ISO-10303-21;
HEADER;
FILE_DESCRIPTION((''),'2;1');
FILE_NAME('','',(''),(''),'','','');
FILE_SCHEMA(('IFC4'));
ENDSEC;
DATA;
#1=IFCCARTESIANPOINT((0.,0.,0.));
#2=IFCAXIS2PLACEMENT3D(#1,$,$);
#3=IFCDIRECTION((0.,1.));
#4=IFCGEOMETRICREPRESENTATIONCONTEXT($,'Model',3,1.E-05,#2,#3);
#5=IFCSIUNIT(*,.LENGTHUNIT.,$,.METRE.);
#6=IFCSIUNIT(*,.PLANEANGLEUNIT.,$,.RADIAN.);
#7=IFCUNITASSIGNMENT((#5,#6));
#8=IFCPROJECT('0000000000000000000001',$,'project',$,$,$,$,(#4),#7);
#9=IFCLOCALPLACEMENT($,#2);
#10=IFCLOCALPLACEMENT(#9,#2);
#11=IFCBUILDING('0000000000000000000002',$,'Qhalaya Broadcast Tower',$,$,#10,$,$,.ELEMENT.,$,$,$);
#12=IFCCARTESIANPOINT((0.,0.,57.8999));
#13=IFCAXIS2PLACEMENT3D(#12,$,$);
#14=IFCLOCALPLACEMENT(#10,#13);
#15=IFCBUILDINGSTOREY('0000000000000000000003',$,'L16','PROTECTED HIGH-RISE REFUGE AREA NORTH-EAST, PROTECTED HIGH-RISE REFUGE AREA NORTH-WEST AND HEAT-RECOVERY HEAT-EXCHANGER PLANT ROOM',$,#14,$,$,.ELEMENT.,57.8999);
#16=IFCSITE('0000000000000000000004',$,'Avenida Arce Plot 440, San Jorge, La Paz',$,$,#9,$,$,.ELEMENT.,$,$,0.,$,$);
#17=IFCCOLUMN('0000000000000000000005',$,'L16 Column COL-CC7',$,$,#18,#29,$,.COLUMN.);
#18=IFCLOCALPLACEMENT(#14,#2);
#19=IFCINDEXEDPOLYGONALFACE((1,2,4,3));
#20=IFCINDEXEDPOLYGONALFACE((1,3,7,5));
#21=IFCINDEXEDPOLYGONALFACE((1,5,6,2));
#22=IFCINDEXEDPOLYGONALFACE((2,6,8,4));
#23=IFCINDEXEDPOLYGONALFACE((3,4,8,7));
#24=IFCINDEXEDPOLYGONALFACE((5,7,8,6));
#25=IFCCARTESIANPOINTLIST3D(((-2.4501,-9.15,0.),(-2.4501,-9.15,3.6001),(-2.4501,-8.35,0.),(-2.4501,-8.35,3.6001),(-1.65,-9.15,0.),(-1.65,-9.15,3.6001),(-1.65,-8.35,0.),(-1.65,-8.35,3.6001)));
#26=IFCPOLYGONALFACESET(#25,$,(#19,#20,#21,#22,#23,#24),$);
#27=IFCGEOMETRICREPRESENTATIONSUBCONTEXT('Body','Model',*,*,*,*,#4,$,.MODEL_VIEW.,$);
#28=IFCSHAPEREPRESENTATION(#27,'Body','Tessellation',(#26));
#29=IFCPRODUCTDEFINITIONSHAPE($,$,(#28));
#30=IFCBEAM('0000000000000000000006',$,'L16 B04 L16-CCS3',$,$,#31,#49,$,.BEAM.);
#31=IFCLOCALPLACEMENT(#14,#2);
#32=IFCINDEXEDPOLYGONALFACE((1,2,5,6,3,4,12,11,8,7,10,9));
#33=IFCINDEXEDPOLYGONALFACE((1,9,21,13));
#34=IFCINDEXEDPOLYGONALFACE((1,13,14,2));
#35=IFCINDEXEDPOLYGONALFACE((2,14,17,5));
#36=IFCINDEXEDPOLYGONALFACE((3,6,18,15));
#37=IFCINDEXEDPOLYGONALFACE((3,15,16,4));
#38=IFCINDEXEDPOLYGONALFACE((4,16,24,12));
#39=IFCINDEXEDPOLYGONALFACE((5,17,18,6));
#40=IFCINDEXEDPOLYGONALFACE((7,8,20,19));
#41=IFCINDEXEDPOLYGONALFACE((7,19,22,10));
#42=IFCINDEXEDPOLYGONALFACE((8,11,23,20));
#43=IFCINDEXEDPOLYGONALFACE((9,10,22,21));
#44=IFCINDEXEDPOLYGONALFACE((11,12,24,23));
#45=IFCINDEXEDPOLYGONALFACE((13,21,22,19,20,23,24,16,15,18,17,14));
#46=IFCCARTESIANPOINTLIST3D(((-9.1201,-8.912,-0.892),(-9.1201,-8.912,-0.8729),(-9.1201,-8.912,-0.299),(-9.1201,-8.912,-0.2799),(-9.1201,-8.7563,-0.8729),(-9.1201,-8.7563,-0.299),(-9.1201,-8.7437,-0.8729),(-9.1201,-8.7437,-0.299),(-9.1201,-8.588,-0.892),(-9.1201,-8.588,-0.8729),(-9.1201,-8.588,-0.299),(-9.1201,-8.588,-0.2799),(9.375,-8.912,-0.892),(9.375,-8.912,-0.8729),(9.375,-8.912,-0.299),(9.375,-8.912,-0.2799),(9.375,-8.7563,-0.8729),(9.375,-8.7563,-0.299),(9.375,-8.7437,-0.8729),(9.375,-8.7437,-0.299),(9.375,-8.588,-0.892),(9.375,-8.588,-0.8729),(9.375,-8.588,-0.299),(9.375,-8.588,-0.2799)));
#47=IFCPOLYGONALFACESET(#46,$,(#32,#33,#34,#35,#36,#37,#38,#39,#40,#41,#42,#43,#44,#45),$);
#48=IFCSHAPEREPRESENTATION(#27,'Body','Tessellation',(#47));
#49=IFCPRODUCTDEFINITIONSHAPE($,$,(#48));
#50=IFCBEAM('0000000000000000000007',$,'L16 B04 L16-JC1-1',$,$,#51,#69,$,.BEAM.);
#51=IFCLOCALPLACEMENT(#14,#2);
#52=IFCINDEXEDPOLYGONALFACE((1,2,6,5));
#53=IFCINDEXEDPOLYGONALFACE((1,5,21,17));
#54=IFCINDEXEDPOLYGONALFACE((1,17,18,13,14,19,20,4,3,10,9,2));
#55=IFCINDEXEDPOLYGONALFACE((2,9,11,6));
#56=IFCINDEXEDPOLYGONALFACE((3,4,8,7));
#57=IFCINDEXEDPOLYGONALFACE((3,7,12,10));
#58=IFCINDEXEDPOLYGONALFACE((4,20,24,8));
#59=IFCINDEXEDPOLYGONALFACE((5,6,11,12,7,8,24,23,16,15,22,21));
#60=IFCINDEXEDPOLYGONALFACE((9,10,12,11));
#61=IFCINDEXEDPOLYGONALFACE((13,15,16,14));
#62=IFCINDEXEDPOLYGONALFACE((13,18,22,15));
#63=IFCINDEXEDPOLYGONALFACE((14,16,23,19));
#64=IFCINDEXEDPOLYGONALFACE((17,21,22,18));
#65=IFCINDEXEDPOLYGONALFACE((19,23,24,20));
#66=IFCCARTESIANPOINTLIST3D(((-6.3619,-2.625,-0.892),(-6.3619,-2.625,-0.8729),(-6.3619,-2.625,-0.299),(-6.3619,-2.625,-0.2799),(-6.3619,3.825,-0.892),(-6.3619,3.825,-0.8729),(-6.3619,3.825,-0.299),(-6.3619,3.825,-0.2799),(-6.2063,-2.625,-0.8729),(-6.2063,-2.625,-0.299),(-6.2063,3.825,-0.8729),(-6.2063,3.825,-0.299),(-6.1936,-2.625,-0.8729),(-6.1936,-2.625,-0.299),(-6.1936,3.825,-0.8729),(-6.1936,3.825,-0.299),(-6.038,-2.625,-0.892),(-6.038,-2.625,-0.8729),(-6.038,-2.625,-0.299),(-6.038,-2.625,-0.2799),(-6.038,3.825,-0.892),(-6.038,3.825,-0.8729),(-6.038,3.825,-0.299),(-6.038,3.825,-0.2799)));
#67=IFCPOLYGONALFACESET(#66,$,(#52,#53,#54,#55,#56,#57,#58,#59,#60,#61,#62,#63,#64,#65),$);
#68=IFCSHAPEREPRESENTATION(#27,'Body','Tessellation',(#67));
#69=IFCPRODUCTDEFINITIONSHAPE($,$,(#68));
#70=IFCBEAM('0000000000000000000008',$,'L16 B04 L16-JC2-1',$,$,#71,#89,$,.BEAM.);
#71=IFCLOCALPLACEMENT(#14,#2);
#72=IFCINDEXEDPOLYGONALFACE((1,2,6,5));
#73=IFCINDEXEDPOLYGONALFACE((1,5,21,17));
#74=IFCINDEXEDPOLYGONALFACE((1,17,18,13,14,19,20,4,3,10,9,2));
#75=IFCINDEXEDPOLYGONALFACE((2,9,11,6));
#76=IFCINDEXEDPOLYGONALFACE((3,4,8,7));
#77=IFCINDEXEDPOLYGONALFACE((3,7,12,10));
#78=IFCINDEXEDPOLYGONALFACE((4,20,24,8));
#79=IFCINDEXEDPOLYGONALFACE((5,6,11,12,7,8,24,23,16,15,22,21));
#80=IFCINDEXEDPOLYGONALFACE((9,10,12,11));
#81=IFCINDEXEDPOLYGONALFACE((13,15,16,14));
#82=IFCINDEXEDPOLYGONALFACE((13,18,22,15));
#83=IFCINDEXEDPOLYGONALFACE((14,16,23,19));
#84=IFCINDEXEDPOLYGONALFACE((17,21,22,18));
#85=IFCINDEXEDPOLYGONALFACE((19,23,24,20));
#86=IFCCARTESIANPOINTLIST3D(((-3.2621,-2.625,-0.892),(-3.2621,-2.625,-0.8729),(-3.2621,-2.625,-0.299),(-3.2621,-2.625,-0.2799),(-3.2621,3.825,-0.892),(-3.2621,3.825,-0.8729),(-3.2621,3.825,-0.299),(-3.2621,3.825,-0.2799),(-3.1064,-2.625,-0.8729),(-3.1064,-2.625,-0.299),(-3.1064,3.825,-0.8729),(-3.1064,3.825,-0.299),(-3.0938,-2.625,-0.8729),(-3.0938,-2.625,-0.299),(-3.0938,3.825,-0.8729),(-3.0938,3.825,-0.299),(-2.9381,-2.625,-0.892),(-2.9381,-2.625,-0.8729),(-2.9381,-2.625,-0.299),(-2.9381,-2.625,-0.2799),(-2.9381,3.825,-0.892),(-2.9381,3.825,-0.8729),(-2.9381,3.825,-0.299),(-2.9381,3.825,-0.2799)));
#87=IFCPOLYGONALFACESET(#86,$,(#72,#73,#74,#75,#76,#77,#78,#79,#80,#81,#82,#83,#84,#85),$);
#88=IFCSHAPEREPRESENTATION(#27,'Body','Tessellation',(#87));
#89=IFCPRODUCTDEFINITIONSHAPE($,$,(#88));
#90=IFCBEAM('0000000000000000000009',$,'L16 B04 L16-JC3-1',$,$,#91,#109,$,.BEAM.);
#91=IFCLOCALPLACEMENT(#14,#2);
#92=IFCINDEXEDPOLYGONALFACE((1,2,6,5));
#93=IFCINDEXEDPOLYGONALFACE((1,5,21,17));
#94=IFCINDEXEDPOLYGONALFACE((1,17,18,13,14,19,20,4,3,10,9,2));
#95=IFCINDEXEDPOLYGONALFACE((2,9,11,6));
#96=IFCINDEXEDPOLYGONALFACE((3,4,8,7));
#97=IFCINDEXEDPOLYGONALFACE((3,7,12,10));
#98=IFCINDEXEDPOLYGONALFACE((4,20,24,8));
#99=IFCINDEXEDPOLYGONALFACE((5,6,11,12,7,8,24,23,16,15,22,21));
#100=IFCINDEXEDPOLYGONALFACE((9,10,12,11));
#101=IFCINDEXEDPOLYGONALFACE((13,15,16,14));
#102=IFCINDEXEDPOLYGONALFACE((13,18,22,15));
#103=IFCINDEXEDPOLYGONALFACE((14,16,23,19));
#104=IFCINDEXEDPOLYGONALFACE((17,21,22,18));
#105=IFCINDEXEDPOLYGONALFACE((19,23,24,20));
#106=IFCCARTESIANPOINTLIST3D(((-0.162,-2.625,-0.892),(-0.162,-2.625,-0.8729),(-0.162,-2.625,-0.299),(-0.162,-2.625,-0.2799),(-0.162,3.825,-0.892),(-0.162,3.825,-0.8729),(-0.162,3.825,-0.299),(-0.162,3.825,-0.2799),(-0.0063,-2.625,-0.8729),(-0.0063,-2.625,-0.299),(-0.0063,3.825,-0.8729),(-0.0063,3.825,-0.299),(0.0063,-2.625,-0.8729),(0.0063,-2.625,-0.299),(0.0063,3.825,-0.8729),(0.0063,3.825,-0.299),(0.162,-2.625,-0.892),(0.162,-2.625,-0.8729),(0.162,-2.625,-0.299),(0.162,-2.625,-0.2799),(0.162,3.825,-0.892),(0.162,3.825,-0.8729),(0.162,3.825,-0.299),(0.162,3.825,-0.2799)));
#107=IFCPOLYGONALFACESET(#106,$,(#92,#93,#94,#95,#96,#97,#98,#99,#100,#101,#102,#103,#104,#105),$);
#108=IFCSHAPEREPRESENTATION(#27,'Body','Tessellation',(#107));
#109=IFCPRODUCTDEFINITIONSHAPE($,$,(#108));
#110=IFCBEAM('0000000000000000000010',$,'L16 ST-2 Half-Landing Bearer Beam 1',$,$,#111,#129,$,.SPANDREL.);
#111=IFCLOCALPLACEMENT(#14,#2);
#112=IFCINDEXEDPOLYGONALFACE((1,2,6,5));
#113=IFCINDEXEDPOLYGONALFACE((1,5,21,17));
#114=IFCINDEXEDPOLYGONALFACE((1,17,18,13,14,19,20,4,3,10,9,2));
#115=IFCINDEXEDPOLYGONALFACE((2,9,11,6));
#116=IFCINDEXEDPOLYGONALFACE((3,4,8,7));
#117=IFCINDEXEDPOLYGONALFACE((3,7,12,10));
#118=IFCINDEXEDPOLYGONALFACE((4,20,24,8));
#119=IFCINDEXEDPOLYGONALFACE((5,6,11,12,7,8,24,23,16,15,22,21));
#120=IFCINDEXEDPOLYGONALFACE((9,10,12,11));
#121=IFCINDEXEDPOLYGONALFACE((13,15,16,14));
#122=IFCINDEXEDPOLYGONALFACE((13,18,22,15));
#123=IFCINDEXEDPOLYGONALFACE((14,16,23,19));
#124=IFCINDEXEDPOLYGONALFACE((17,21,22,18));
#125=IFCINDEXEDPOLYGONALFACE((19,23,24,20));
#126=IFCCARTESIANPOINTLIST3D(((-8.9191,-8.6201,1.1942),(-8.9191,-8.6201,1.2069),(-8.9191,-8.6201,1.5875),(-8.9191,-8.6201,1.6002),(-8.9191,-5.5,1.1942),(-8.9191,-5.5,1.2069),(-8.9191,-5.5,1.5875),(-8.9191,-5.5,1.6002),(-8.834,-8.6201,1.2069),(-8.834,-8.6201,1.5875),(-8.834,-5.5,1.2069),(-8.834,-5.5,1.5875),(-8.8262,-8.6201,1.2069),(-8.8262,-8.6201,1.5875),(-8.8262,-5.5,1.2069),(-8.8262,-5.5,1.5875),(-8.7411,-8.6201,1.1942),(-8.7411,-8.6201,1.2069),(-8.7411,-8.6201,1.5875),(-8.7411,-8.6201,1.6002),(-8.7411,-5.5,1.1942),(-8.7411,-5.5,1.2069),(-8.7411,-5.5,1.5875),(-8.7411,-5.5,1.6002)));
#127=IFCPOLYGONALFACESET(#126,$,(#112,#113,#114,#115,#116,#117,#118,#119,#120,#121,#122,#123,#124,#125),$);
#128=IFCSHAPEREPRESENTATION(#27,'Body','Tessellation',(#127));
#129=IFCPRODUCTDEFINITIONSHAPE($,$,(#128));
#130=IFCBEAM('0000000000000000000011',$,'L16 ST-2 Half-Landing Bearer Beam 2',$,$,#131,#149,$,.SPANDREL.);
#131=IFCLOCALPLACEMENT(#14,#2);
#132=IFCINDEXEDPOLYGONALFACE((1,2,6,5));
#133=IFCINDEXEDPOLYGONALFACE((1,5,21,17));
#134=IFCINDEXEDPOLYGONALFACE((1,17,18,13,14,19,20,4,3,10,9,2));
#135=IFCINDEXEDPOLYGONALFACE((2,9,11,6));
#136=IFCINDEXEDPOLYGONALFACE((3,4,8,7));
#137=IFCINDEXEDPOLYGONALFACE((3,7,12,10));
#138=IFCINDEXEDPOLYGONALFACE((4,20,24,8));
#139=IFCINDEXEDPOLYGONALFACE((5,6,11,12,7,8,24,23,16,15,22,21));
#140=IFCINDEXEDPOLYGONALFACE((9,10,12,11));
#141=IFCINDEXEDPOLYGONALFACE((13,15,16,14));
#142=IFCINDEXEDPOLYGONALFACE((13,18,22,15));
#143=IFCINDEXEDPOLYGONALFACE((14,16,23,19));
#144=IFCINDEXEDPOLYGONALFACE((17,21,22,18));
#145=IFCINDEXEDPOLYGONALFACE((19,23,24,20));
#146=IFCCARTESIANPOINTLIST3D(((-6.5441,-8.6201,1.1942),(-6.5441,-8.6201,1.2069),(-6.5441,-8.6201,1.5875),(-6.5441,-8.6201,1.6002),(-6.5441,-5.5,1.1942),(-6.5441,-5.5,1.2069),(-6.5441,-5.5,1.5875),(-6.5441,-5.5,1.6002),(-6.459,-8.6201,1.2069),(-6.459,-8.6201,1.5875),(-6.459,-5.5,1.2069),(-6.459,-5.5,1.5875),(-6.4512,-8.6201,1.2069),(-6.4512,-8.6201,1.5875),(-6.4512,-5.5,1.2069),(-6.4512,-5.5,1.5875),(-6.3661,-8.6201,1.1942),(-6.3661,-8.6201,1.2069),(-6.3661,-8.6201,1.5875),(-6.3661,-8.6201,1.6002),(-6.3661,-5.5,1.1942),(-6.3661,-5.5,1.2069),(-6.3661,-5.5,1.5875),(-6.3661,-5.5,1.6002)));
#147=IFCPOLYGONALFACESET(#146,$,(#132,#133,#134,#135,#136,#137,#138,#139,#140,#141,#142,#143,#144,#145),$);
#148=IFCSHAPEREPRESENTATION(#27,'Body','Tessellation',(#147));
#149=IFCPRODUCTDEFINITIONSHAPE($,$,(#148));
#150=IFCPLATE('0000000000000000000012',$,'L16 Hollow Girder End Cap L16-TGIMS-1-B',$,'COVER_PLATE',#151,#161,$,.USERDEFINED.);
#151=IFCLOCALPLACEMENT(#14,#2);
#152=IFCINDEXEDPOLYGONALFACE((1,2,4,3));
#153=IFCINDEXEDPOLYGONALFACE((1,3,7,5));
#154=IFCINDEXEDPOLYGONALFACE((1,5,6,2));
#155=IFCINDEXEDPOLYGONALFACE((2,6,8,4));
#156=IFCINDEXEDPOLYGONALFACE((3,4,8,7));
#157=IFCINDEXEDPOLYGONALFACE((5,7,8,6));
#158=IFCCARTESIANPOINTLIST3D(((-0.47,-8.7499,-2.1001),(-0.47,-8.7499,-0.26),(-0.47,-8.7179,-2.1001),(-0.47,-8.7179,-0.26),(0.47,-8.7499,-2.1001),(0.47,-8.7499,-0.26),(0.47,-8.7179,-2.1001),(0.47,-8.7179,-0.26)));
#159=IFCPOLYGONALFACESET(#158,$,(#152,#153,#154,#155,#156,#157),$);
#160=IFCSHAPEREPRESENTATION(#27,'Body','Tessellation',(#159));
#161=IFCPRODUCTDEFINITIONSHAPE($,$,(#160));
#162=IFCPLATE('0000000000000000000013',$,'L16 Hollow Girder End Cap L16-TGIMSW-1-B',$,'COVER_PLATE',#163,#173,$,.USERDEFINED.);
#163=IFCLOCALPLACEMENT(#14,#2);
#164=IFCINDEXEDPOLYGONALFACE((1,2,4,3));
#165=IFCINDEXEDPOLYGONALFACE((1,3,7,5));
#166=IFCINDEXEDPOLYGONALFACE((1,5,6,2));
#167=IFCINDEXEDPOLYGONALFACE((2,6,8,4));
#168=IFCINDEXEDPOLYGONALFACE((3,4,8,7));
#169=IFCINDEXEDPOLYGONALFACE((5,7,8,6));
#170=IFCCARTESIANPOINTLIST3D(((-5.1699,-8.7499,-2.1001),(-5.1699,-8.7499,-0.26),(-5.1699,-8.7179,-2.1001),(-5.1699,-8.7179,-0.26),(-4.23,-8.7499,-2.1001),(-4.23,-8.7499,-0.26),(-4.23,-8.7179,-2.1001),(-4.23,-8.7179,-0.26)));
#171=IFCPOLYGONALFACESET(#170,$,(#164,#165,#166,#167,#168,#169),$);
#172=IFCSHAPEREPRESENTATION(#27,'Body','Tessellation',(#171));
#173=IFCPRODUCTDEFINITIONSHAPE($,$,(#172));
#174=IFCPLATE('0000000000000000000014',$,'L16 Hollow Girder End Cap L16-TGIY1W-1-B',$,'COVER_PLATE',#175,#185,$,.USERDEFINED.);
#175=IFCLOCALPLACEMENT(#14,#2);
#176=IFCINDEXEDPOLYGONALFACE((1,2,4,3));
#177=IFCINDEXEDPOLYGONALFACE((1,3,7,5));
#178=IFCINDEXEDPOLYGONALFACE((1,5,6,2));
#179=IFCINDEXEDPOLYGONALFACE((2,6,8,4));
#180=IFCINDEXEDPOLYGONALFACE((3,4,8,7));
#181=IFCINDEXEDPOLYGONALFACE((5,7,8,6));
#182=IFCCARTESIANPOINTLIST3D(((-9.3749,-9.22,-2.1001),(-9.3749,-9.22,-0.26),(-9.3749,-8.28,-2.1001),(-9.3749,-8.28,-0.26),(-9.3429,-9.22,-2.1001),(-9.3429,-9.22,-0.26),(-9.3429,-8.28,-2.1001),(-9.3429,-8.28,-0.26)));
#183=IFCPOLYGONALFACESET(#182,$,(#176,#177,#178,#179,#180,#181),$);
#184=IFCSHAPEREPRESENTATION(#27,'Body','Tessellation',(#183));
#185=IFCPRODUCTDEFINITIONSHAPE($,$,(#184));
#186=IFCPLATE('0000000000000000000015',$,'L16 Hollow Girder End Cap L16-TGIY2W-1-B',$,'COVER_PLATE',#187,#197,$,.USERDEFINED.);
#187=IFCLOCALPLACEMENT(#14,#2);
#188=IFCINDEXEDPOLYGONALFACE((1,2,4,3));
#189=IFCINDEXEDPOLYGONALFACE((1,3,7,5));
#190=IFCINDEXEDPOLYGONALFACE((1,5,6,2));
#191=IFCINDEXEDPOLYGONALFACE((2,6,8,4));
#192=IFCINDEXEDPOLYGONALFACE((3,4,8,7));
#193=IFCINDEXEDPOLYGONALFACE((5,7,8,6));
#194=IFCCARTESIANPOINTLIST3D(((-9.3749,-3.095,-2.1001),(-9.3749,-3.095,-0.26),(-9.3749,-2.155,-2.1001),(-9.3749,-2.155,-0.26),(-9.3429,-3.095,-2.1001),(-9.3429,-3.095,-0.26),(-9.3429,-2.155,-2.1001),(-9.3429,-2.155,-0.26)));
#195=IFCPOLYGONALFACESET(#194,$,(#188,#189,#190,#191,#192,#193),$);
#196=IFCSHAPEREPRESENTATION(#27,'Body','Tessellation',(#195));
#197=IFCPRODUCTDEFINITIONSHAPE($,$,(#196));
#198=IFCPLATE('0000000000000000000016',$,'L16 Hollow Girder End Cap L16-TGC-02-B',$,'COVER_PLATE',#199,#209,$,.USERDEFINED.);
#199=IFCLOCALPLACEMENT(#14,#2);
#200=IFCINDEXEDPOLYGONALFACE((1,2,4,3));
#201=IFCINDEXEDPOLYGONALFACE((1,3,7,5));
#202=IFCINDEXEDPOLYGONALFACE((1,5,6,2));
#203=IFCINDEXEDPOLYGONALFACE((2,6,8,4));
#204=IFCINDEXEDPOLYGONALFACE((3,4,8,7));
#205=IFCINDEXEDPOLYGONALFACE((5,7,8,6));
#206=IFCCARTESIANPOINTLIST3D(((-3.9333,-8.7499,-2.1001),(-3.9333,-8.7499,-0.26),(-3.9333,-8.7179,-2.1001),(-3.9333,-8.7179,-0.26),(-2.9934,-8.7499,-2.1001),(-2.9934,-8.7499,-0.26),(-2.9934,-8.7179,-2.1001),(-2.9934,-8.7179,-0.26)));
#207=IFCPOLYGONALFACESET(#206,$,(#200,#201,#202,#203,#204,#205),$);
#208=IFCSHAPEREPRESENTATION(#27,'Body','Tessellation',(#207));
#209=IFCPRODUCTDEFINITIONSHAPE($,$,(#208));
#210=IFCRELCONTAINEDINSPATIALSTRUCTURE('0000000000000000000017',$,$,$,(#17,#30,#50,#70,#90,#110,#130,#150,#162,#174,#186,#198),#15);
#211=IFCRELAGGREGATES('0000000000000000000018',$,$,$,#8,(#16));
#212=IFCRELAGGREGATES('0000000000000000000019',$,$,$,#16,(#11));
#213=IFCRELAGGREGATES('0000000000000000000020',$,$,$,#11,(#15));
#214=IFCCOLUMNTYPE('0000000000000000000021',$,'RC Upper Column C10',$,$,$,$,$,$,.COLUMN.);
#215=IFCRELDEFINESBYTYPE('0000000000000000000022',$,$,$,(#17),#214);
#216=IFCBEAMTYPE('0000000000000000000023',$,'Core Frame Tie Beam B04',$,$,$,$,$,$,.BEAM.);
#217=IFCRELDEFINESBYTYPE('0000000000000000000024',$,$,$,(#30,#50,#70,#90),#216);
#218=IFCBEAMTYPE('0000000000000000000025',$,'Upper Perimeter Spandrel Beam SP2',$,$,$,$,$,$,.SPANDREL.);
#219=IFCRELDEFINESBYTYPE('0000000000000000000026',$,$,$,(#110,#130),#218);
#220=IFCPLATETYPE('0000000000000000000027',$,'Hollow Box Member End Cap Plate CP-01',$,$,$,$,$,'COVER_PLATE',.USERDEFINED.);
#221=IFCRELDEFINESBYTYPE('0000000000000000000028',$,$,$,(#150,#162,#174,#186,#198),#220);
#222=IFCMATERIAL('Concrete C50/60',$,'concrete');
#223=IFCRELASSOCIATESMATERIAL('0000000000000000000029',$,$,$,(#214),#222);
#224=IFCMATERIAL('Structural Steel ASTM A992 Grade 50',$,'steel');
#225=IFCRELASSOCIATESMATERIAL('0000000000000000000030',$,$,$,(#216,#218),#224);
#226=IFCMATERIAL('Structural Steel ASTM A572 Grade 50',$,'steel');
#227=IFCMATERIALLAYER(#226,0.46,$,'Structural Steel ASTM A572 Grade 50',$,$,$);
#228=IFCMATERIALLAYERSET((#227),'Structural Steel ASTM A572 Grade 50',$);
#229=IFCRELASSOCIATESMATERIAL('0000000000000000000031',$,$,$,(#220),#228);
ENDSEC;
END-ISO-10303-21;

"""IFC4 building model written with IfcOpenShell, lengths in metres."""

from ifc_helpers import new_model, si_unit, direction, frame, origin, origin_2d, place, context, subcontext, project, spatial, rectangle, i_section, extrude, material, layer, layer_set, material_profile, profile_set, type_object, element, save


model = new_model("IFC4")

# Units and contexts
model_context = context("Model", 3, precision=1e-05, world=origin(), true_north=direction((0.0, 1.0)))
body_context = subcontext(model_context, "Body", "Model", "MODEL_VIEW")
ifc_project = project(units=[si_unit("LENGTHUNIT", "METRE"), si_unit("PLANEANGLEUNIT", "RADIAN")], contexts=[model_context])

# Site, building, storey
site_placement = place(None, origin())
site = spatial("IfcSite", under=ifc_project, at=site_placement, Name="Avenida Arce Plot 440, San Jorge, La Paz", CompositionType="ELEMENT", RefElevation=0.0)
building_placement = place(site_placement, origin())
building = spatial("IfcBuilding", under=site, at=building_placement, Name="Qhalaya Broadcast Tower", CompositionType="ELEMENT")
storey_placement = place(building_placement, frame((0.0, 0.0, 57.8999)))
storey = spatial("IfcBuildingStorey", under=building, at=storey_placement, Name="L16", Description="PROTECTED HIGH-RISE REFUGE AREA NORTH-EAST, PROTECTED HIGH-RISE REFUGE AREA NORTH-WEST AND HEAT-RECOVERY HEAT-EXCHANGER PLANT ROOM", CompositionType="ELEMENT", Elevation=57.8999)

# Column
ifc_material_1 = material(Name="Concrete C50/60", Category="concrete")
ifc_material_profile_1 = material_profile(ifc_material_1, rectangle(XDim=0.8, YDim=0.8, at=origin_2d()), Name="RC-COL 800x800")
ifc_profile_set_1 = profile_set([ifc_material_profile_1], Name="Concrete C50/60")
column_type = type_object("IfcColumnType", Name="RC Upper Column C10", PredefinedType="COLUMN", material=ifc_profile_set_1)
column_placement = place(storey_placement, frame((-2.05, -8.75, 0.0), z_axis=(0.0, 0.0, 1.0), x_axis=(1.0, 0.0, 0.0)))
element("IfcColumn", 1, at=column_placement, inside=storey, type_object=column_type, Name="L16 Column COL-CC7", PredefinedType="COLUMN", context=body_context, shape_type="SweptSolid", body=[
    extrude(rectangle(XDim=0.8, YDim=0.8, at=origin_2d()), origin(), (0.0, 0.0, 1.0), 3.6001),
])

# Beams
ifc_material_2 = material(Name="Structural Steel ASTM A992 Grade 50", Category="steel")
ifc_material_profile_2 = material_profile(ifc_material_2, i_section(OverallWidth=0.324, OverallDepth=0.6121, WebThickness=0.0127, FlangeThickness=0.019, at=origin_2d()), Name="W24X104")
ifc_profile_set_2 = profile_set([ifc_material_profile_2], Name="Structural Steel ASTM A992 Grade 50")
beam_type_1 = type_object("IfcBeamType", Name="Core Frame Tie Beam B04", PredefinedType="BEAM", material=ifc_profile_set_2)
beam_placement = place(storey_placement, frame((-9.1201, -8.75, -0.5859), z_axis=(1.0, 0.0, 0.0), x_axis=(0.0, 1.0, 0.0)))
element("IfcBeam", 2, at=beam_placement, inside=storey, type_object=beam_type_1, Name="L16 B04 L16-CCS3", PredefinedType="BEAM", context=body_context, shape_type="SweptSolid", body=[
    extrude(i_section(OverallWidth=0.324, OverallDepth=0.6121, WebThickness=0.0127, FlangeThickness=0.019, at=origin_2d()), origin(), (0.0, 0.0, 1.0), 18.4951),
])
for number, where, z_axis, x_axis, name in (
    (3, (-6.2, -2.625, -0.5859), (0.0, 1.0, 0.0), (-1.0, 0.0, 0.0), "L16 B04 L16-JC1-1"),
    (4, (-3.1001, -2.625, -0.5859), (0.0, 1.0, 0.0), (-1.0, 0.0, 0.0), "L16 B04 L16-JC2-1"),
    (5, (0.0, -2.625, -0.5859), (0.0, 1.0, 0.0), (-1.0, 0.0, 0.0), "L16 B04 L16-JC3-1"),
):
    element("IfcBeam", number, at=place(storey_placement, frame(where, z_axis=z_axis, x_axis=x_axis)), inside=storey, type_object=beam_type_1, Name=name, PredefinedType="BEAM", context=body_context, shape_type="SweptSolid", body=[
        extrude(i_section(OverallWidth=0.324, OverallDepth=0.6121, WebThickness=0.0127, FlangeThickness=0.019, at=origin_2d()), origin(), (0.0, 0.0, 1.0), 6.45),
    ])
ifc_material_profile_3 = material_profile(ifc_material_2, i_section(OverallWidth=0.178, OverallDepth=0.406, WebThickness=0.0078, FlangeThickness=0.0127, at=origin_2d()), Name="W16X40")
ifc_profile_set_3 = profile_set([ifc_material_profile_3], Name="Structural Steel ASTM A992 Grade 50")
beam_type_2 = type_object("IfcBeamType", Name="Upper Perimeter Spandrel Beam SP2", PredefinedType="SPANDREL", material=ifc_profile_set_3)
for number, where, z_axis, x_axis, name in (
    (6, (-8.8301, -8.6201, 1.3972), (0.0, 1.0, 0.0), (-1.0, 0.0, 0.0), "L16 ST-2 Half-Landing Bearer Beam 1"),
    (7, (-6.4551, -8.6201, 1.3972), (0.0, 1.0, 0.0), (-1.0, 0.0, 0.0), "L16 ST-2 Half-Landing Bearer Beam 2"),
):
    element("IfcBeam", number, at=place(storey_placement, frame(where, z_axis=z_axis, x_axis=x_axis)), inside=storey, type_object=beam_type_2, Name=name, PredefinedType="SPANDREL", context=body_context, shape_type="SweptSolid", body=[
        extrude(i_section(OverallWidth=0.178, OverallDepth=0.406, WebThickness=0.0078, FlangeThickness=0.0127, at=origin_2d()), origin(), (0.0, 0.0, 1.0), 3.1201),
    ])

# Plates
ifc_material_3 = material(Name="Structural Steel ASTM A572 Grade 50", Category="steel")
ifc_layer_1 = layer(ifc_material_3, 0.46, Name="Structural Steel ASTM A572 Grade 50")
ifc_layer_set_1 = layer_set([ifc_layer_1], Name="Structural Steel ASTM A572 Grade 50")
plate_type = type_object("IfcPlateType", Name="Hollow Box Member End Cap Plate CP-01", ElementType="COVER_PLATE", PredefinedType="USERDEFINED", material=ifc_layer_set_1)
for number, where, z_axis, x_axis, name in (
    (8, (0.0, -8.7339, -2.1001), (0.0, 0.0, 1.0), (-1.0, 0.0, 0.0), "L16 Hollow Girder End Cap L16-TGIMS-1-B"),
    (9, (-4.7, -8.7339, -2.1001), (0.0, 0.0, 1.0), (-1.0, 0.0, 0.0), "L16 Hollow Girder End Cap L16-TGIMSW-1-B"),
    (10, (-9.3589, -8.75, -2.1001), (0.0, 0.0, 1.0), (0.0, 1.0, 0.0), "L16 Hollow Girder End Cap L16-TGIY1W-1-B"),
    (11, (-9.3589, -2.625, -2.1001), (0.0, 0.0, 1.0), (0.0, 1.0, 0.0), "L16 Hollow Girder End Cap L16-TGIY2W-1-B"),
    (12, (-3.4634, -8.7339, -2.1001), (0.0, 0.0, 1.0), (-1.0, 0.0, 0.0), "L16 Hollow Girder End Cap L16-TGC-02-B"),
):
    element("IfcPlate", number, at=place(storey_placement, frame(where, z_axis=z_axis, x_axis=x_axis)), inside=storey, type_object=plate_type, Name=name, ObjectType="COVER_PLATE", PredefinedType="USERDEFINED", context=body_context, shape_type="SweptSolid", body=[
        extrude(rectangle(XDim=0.9399, YDim=0.032, at=origin_2d()), origin(), (0.0, 0.0, 1.0), 1.8401),
    ])

save(model, "model.ifc")
